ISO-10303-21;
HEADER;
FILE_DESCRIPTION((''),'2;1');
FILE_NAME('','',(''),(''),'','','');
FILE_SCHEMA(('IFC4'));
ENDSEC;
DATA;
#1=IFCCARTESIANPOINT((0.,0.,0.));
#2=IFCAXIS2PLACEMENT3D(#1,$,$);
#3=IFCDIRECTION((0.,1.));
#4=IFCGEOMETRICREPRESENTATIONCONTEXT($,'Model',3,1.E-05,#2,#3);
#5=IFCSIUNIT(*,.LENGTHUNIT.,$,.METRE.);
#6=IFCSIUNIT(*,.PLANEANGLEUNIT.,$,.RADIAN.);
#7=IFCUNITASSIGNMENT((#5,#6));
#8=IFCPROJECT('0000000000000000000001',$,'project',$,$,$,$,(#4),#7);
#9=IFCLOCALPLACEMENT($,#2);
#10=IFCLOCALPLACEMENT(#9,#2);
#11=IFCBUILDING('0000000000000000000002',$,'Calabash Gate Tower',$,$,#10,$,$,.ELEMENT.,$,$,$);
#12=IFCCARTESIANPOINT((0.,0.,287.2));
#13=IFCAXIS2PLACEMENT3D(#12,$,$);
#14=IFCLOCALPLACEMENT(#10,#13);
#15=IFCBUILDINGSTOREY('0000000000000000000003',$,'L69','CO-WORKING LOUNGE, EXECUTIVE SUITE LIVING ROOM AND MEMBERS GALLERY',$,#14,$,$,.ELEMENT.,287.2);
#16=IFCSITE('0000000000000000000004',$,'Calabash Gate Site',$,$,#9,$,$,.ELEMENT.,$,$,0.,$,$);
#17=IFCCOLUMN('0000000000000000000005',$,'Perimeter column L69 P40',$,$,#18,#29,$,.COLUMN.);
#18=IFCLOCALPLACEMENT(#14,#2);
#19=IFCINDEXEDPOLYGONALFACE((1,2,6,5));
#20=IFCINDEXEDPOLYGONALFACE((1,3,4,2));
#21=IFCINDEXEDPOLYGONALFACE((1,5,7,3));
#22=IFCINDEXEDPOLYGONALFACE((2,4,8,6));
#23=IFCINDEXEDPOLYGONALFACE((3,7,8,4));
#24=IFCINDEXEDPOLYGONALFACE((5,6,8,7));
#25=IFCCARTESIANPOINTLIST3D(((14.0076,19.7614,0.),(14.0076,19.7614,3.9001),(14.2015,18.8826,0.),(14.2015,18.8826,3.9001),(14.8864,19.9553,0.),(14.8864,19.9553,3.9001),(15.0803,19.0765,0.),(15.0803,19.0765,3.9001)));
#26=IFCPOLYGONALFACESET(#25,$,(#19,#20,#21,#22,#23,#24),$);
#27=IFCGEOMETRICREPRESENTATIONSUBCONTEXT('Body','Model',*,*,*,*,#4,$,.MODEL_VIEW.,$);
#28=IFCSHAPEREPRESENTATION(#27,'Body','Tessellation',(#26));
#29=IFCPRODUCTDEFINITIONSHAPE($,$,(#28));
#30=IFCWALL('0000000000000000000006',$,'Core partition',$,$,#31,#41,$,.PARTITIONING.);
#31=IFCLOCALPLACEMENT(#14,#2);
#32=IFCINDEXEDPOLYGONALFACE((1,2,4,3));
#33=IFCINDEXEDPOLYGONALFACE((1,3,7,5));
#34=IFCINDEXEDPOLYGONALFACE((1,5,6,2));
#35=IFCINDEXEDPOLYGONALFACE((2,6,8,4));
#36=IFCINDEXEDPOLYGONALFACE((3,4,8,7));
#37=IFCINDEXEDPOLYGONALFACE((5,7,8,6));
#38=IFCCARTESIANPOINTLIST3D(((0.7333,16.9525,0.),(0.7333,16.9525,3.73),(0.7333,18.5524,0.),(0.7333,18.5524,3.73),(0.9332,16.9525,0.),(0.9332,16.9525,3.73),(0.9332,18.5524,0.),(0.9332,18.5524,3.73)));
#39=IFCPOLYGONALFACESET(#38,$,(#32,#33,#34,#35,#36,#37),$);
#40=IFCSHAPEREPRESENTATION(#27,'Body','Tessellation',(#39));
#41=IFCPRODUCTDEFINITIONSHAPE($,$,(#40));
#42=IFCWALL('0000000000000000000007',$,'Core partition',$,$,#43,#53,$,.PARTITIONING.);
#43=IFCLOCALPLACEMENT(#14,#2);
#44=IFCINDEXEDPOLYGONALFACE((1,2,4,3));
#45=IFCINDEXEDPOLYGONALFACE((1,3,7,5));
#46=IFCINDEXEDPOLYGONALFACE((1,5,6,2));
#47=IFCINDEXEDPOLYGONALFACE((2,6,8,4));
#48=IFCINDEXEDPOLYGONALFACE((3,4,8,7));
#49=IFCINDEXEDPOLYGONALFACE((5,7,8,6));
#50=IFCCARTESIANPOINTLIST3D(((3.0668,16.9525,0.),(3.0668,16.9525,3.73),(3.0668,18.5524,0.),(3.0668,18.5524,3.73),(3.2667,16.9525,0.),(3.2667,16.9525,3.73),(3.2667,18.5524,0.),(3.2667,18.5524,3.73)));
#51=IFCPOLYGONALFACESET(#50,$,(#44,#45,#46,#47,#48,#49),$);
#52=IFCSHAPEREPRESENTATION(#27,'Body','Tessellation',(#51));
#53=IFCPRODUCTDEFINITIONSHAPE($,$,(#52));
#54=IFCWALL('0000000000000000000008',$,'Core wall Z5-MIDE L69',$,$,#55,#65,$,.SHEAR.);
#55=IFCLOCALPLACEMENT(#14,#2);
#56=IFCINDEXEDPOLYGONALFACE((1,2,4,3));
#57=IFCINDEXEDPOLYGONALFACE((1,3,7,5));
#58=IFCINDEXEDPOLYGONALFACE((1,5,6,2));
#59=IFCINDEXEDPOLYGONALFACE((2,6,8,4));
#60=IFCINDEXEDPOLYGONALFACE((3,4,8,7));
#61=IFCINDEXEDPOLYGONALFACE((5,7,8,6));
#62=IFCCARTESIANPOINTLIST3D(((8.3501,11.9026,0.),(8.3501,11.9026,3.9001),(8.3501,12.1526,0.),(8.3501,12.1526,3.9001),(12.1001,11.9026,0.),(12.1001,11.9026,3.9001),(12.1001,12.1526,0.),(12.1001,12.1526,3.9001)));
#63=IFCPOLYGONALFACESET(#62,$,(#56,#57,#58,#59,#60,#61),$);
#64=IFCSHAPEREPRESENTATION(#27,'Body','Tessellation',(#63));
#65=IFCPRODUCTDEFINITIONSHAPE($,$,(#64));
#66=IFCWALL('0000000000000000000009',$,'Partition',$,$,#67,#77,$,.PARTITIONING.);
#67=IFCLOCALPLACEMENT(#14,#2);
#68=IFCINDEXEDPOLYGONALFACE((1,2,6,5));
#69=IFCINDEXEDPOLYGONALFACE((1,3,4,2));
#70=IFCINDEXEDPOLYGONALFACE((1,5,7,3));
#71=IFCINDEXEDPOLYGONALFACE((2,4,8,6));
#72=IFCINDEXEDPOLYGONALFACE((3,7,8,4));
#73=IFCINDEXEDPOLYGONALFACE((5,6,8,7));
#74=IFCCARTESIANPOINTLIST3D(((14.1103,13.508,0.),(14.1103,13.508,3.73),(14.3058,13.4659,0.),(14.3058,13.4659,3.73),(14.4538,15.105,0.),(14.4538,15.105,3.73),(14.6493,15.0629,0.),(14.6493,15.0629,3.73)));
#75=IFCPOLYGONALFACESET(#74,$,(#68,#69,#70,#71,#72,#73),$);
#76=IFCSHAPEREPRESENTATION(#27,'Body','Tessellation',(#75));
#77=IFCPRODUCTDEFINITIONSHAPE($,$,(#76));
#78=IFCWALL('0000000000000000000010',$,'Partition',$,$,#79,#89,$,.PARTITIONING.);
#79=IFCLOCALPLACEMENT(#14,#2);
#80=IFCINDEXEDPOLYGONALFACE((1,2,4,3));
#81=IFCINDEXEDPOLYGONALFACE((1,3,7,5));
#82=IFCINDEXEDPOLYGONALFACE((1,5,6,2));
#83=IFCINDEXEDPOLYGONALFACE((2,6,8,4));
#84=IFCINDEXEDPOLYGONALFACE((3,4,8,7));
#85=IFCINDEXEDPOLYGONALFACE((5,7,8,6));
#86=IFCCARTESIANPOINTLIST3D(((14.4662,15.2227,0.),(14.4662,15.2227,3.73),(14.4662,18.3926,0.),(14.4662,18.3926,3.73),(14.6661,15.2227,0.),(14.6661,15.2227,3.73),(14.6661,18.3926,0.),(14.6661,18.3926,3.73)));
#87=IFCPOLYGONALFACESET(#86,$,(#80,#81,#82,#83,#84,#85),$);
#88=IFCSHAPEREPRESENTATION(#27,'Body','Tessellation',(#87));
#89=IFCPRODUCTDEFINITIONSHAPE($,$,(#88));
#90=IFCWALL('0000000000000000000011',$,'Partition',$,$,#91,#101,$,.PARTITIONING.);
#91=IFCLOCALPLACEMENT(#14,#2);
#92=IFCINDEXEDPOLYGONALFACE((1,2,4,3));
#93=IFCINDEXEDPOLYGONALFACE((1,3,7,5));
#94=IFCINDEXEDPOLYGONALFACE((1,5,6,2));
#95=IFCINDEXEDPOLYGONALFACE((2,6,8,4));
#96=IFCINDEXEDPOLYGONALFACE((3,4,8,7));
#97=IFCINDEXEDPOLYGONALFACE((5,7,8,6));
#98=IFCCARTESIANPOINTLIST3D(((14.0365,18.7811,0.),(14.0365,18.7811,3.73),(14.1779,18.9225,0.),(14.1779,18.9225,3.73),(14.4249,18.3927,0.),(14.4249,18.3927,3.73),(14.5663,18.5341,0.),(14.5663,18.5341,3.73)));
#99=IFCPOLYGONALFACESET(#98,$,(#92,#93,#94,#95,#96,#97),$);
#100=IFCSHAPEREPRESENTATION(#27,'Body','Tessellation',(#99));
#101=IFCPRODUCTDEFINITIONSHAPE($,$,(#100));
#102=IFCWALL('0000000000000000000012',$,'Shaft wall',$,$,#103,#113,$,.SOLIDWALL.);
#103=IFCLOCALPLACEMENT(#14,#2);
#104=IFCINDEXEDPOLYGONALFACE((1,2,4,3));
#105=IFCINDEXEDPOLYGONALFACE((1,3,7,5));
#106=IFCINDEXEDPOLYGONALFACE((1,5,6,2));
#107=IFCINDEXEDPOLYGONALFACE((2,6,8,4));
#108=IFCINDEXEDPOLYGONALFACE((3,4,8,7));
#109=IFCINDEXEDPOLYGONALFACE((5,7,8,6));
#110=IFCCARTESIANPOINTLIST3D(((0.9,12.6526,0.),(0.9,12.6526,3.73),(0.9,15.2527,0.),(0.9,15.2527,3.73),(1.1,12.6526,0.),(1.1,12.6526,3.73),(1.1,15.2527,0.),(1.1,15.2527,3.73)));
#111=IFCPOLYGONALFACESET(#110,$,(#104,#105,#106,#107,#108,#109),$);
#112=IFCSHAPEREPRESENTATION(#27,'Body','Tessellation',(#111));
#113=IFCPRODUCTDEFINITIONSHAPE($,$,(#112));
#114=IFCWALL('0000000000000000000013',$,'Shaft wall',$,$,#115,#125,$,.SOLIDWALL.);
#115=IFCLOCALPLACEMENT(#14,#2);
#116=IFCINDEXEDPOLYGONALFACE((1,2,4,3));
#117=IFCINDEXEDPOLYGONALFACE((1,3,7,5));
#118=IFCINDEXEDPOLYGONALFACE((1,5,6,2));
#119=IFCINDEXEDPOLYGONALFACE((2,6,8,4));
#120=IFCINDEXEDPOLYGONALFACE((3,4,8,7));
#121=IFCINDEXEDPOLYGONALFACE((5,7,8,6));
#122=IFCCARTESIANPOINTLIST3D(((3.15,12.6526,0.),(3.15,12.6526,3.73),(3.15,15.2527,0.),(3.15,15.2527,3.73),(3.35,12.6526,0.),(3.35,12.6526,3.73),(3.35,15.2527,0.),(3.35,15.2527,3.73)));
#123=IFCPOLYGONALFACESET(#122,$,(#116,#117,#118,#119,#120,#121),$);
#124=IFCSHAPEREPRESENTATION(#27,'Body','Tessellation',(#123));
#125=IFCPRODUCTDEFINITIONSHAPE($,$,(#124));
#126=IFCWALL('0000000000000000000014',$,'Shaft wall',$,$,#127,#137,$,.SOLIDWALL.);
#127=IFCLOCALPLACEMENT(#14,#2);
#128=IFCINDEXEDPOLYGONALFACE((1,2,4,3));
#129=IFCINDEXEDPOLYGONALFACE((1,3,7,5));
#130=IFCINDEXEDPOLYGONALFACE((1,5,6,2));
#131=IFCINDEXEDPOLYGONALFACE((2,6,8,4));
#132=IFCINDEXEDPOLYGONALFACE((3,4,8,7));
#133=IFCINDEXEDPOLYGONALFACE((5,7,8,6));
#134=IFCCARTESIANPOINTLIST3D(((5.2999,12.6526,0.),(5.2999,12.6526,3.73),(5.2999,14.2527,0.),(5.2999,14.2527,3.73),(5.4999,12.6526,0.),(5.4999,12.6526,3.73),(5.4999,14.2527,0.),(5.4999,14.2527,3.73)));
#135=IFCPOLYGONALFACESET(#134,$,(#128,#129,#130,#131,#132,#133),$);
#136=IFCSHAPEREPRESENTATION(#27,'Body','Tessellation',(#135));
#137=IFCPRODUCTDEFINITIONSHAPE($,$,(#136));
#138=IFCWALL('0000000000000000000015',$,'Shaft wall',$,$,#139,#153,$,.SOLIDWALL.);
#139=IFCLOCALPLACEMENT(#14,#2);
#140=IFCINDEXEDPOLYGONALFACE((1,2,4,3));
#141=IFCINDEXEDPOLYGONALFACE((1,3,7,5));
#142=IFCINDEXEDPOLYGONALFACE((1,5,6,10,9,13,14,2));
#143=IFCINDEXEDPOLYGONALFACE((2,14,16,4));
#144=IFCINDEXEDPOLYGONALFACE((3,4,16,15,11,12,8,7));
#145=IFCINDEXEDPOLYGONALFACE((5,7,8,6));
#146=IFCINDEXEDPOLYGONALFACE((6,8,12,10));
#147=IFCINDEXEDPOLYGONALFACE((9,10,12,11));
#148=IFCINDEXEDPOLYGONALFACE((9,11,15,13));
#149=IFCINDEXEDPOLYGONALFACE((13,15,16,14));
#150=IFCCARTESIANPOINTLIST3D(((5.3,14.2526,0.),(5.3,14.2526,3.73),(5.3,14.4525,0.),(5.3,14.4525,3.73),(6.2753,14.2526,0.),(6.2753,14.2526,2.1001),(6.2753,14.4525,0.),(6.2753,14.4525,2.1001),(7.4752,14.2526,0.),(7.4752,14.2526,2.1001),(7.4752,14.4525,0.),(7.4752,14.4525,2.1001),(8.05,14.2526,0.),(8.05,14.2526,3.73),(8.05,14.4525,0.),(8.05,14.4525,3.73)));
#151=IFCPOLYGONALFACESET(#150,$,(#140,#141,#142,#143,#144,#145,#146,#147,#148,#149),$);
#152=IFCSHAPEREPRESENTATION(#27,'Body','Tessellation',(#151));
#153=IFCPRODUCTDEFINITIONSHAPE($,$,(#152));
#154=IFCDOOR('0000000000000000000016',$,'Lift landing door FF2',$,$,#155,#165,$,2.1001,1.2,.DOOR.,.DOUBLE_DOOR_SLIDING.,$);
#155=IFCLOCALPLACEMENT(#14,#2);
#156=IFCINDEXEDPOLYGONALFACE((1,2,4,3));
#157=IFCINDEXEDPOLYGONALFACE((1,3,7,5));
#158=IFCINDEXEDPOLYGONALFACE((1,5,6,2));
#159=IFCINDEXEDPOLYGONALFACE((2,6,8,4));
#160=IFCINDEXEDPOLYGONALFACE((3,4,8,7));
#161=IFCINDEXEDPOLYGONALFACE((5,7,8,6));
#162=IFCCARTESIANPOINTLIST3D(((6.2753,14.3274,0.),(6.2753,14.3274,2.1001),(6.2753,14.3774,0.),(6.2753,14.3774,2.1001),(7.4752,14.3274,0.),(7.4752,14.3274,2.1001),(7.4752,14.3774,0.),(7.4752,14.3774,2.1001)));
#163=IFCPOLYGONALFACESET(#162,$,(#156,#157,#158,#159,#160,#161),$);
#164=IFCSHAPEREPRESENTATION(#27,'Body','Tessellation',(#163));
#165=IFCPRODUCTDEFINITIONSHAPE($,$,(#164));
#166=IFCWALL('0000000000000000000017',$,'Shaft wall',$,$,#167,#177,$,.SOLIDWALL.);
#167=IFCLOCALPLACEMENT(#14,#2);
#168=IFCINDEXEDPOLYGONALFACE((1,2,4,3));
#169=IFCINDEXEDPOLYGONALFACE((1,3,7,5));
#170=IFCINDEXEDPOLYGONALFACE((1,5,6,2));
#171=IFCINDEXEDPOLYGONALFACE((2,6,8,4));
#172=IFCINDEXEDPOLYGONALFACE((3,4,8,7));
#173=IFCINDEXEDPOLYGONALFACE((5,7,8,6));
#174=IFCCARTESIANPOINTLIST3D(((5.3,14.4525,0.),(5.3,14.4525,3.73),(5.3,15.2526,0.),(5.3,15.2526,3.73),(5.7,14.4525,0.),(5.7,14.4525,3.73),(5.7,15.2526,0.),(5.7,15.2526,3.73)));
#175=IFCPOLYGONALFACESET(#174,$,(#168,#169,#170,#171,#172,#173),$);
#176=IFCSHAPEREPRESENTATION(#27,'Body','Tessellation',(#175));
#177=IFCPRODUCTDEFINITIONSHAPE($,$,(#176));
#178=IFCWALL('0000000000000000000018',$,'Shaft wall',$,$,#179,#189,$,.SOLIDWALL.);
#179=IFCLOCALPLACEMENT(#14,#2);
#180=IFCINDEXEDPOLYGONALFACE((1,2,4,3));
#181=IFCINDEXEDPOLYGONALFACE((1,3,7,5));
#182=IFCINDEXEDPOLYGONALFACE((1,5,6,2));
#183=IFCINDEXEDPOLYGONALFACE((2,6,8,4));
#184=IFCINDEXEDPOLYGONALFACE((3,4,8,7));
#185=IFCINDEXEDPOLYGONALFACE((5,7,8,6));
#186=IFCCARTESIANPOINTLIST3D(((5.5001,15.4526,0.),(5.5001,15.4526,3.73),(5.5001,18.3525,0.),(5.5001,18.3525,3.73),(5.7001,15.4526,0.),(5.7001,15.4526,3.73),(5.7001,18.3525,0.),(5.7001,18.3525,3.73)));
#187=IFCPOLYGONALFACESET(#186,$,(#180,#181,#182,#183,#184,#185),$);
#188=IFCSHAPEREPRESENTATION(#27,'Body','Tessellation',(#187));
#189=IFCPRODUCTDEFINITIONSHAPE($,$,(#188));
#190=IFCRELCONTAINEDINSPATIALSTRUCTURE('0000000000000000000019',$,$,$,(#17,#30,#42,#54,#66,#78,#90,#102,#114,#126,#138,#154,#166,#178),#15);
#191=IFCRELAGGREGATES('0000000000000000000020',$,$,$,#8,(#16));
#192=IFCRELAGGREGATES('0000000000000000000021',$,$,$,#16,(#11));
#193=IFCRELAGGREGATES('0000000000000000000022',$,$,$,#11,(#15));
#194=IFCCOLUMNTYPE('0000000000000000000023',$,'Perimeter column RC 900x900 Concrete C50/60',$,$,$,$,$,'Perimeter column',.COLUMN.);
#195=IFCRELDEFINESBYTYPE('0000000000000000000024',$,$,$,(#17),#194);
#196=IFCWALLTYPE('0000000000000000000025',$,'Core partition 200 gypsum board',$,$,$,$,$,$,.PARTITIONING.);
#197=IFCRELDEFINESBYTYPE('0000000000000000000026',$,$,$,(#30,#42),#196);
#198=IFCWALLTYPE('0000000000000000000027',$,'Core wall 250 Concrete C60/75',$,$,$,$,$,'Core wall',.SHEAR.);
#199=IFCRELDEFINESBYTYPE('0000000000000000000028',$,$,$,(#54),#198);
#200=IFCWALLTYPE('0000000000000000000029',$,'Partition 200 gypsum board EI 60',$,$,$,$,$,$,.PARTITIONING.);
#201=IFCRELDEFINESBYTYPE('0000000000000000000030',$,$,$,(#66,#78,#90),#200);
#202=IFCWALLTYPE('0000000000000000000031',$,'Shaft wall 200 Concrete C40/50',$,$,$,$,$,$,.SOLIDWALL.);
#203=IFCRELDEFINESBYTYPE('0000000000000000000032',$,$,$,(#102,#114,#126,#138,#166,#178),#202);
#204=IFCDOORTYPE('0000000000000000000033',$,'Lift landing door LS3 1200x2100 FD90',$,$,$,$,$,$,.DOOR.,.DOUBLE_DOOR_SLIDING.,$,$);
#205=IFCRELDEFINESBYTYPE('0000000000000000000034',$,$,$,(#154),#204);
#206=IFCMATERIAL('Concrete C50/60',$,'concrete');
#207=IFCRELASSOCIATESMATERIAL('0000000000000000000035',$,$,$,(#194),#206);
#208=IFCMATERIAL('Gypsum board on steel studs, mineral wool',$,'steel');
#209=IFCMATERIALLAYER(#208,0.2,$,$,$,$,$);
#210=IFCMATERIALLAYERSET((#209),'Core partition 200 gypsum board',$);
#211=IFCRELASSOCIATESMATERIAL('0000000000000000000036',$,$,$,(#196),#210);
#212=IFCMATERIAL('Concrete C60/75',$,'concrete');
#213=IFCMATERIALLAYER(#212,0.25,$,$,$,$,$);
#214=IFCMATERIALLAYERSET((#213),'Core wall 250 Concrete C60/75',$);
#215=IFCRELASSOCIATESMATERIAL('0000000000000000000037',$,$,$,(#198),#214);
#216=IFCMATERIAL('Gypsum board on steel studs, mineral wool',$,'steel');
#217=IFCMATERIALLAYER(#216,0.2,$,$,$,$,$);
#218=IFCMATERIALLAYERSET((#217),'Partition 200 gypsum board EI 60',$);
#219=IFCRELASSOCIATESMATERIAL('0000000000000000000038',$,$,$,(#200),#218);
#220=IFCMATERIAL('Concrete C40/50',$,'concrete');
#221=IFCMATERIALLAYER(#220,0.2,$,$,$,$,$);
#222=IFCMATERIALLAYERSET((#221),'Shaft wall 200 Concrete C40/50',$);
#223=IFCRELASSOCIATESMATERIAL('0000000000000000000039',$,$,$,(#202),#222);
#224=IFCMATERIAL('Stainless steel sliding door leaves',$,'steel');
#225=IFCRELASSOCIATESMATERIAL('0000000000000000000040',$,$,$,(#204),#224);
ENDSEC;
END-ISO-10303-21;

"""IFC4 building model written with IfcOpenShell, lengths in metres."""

from ifc_helpers import new_model, si_unit, direction, frame, frame_2d, origin, origin_2d, place, context, subcontext, project, spatial, rectangle, extrude, material, layer, layer_set, material_profile, profile_set, type_object, element, fill, save


model = new_model("IFC4")

# Units and contexts
model_context = context("Model", 3, precision=1e-05, world=origin(), true_north=direction((0.0, 1.0)))
body_context = subcontext(model_context, "Body", "Model", "MODEL_VIEW")
ifc_project = project(units=[si_unit("LENGTHUNIT", "METRE"), si_unit("PLANEANGLEUNIT", "RADIAN")], contexts=[model_context])

# Site, building, storey
site_placement = place(None, origin())
site = spatial("IfcSite", under=ifc_project, at=site_placement, Name="Calabash Gate Site", CompositionType="ELEMENT", RefElevation=0.0)
building_placement = place(site_placement, origin())
building = spatial("IfcBuilding", under=site, at=building_placement, Name="Calabash Gate Tower", CompositionType="ELEMENT")
storey_placement = place(building_placement, frame((0.0, 0.0, 287.2)))
storey = spatial("IfcBuildingStorey", under=building, at=storey_placement, Name="L69", Description="CO-WORKING LOUNGE, EXECUTIVE SUITE LIVING ROOM AND MEMBERS GALLERY", CompositionType="ELEMENT", Elevation=287.2)

# Column
ifc_material_1 = material(Name="Concrete C50/60", Category="concrete")
ifc_material_profile = material_profile(ifc_material_1, rectangle(XDim=0.8999, YDim=0.8999, at=origin_2d()))
ifc_profile_set = profile_set([ifc_material_profile], Name="Concrete C50/60")
column_type = type_object("IfcColumnType", Name="Perimeter column RC 900x900 Concrete C50/60", ElementType="Perimeter column", PredefinedType="COLUMN", material=ifc_profile_set)
column_placement = place(storey_placement, frame((14.5439, 19.4189, 0.0), z_axis=(0.0, 0.0, 1.0), x_axis=(-0.976511, -0.215468, 0.0)))
element("IfcColumn", 1, at=column_placement, inside=storey, type_object=column_type, Name="Perimeter column L69 P40", PredefinedType="COLUMN", context=body_context, shape_type="SweptSolid", body=[
    extrude(rectangle(XDim=0.8999, YDim=0.8999, at=origin_2d()), origin(), (0.0, 0.0, 1.0), 3.9001),
])

# Walls
ifc_material_2 = material(Name="Gypsum board on steel studs, mineral wool", Category="steel")
ifc_layer_1 = layer(ifc_material_2, 0.2)
ifc_layer_set_1 = layer_set([ifc_layer_1], Name="Core partition 200 gypsum board")
wall_type_1 = type_object("IfcWallType", Name="Core partition 200 gypsum board", PredefinedType="PARTITIONING", material=ifc_layer_set_1)
for number, where, z_axis, x_axis, name in (
    (2, (0.8333, 16.9526, 0.0), (0.0, 0.0, 1.0), (0.0, 1.0, 0.0), "Core partition"),
    (3, (3.1667, 16.9526, 0.0), (0.0, 0.0, 1.0), (0.0, 1.0, 0.0), "Core partition"),
):
    element("IfcWall", number, at=place(storey_placement, frame(where, z_axis=z_axis, x_axis=x_axis)), inside=storey, type_object=wall_type_1, Name=name, PredefinedType="PARTITIONING", context=body_context, shape_type="SweptSolid", body=[
        extrude(rectangle(XDim=1.5999, YDim=0.2, at=frame_2d((0.7998, 0.0))), origin(), (0.0, 0.0, 1.0), 3.73),
    ])
ifc_material_3 = material(Name="Concrete C60/75", Category="concrete")
ifc_layer_2 = layer(ifc_material_3, 0.25)
ifc_layer_set_2 = layer_set([ifc_layer_2], Name="Core wall 250 Concrete C60/75")
wall_type_2 = type_object("IfcWallType", Name="Core wall 250 Concrete C60/75", ElementType="Core wall", PredefinedType="SHEAR", material=ifc_layer_set_2)
wall_1_placement = place(storey_placement, frame((8.3501, 12.0276, 0.0), z_axis=(0.0, 0.0, 1.0), x_axis=(1.0, 0.0, 0.0)))
element("IfcWall", 4, at=wall_1_placement, inside=storey, type_object=wall_type_2, Name="Core wall Z5-MIDE L69", PredefinedType="SHEAR", context=body_context, shape_type="SweptSolid", body=[
    extrude(rectangle(XDim=3.75, YDim=0.25, at=frame_2d((1.875, 0.0))), origin(), (0.0, 0.0, 1.0), 3.9001),
])
ifc_material_4 = material(Name="Gypsum board on steel studs, mineral wool", Category="steel")
ifc_layer_3 = layer(ifc_material_4, 0.2)
ifc_layer_set_3 = layer_set([ifc_layer_3], Name="Partition 200 gypsum board EI 60")
wall_type_3 = type_object("IfcWallType", Name="Partition 200 gypsum board EI 60", PredefinedType="PARTITIONING", material=ifc_layer_set_3)
wall_2_placement = place(storey_placement, frame((14.208, 13.4868, 0.0), z_axis=(0.0, 0.0, 1.0), x_axis=(0.210295, 0.977638, 0.0)))
element("IfcWall", 5, at=wall_2_placement, inside=storey, type_object=wall_type_3, Name="Partition", PredefinedType="PARTITIONING", context=body_context, shape_type="SweptSolid", body=[
    extrude(rectangle(XDim=1.6335, YDim=0.2, at=frame_2d((0.8169, 0.0))), origin(), (0.0, 0.0, 1.0), 3.73),
])
wall_3_placement = place(storey_placement, frame((14.5662, 18.3926, 0.0), z_axis=(0.0, 0.0, 1.0), x_axis=(0.0, -1.0, 0.0)))
element("IfcWall", 6, at=wall_3_placement, inside=storey, type_object=wall_type_3, Name="Partition", PredefinedType="PARTITIONING", context=body_context, shape_type="SweptSolid", body=[
    extrude(rectangle(XDim=3.1699, YDim=0.2, at=frame_2d((1.585, 0.0))), origin(), (0.0, 0.0, 1.0), 3.73),
])
wall_4_placement = place(storey_placement, frame((14.1072, 18.8518, 0.0), z_axis=(0.0, 0.0, 1.0), x_axis=(0.707107, -0.707107, 0.0)))
element("IfcWall", 7, at=wall_4_placement, inside=storey, type_object=wall_type_3, Name="Partition", PredefinedType="PARTITIONING", context=body_context, shape_type="SweptSolid", body=[
    extrude(rectangle(XDim=0.5493, YDim=0.2, at=frame_2d((0.2747, 0.0))), origin(), (0.0, 0.0, 1.0), 3.73),
])
ifc_material_5 = material(Name="Concrete C40/50", Category="concrete")
ifc_layer_4 = layer(ifc_material_5, 0.2)
ifc_layer_set_4 = layer_set([ifc_layer_4], Name="Shaft wall 200 Concrete C40/50")
wall_type_4 = type_object("IfcWallType", Name="Shaft wall 200 Concrete C40/50", PredefinedType="SOLIDWALL", material=ifc_layer_set_4)
for number, where, z_axis, x_axis, name in (
    (8, (1.0, 12.6526, 0.0), (0.0, 0.0, 1.0), (0.0, 1.0, 0.0), "Shaft wall"),
    (9, (3.25, 12.6526, 0.0), (0.0, 0.0, 1.0), (0.0, 1.0, 0.0), "Shaft wall"),
):
    element("IfcWall", number, at=place(storey_placement, frame(where, z_axis=z_axis, x_axis=x_axis)), inside=storey, type_object=wall_type_4, Name=name, PredefinedType="SOLIDWALL", context=body_context, shape_type="SweptSolid", body=[
        extrude(rectangle(XDim=2.6001, YDim=0.2, at=frame_2d((1.3, 0.0))), origin(), (0.0, 0.0, 1.0), 3.73),
    ])
wall_5_placement = place(storey_placement, frame((5.3999, 12.6526, 0.0), z_axis=(0.0, 0.0, 1.0), x_axis=(0.0, 1.0, 0.0)))
element("IfcWall", 10, at=wall_5_placement, inside=storey, type_object=wall_type_4, Name="Shaft wall", PredefinedType="SOLIDWALL", context=body_context, shape_type="SweptSolid", body=[
    extrude(rectangle(XDim=1.6001, YDim=0.2, at=frame_2d((0.8, 0.0))), origin(), (0.0, 0.0, 1.0), 3.73),
])

# Wall, opening, door
wall_6_placement = place(storey_placement, frame((5.3, 14.3525, 0.0), z_axis=(0.0, 0.0, 1.0), x_axis=(1.0, 0.0, 0.0)))
wall_6 = element("IfcWall", 11, at=wall_6_placement, inside=storey, type_object=wall_type_4, Name="Shaft wall", PredefinedType="SOLIDWALL", context=body_context, shape_type="SweptSolid", body=[
    extrude(rectangle(XDim=2.75, YDim=0.2, at=frame_2d((1.375, 0.0))), origin(), (0.0, 0.0, 1.0), 3.73),
])
opening_placement = place(wall_6_placement, frame((0.9751, 0.0, 0.0)))
opening = element("IfcOpeningElement", 12, at=opening_placement, cuts=wall_6, PredefinedType="OPENING", context=body_context, shape_type="SweptSolid", body=[
    extrude(rectangle(XDim=1.2, YDim=2.1001, at=frame_2d((0.6001, 1.05))), frame((0.0, 0.1099, 0.0), z_axis=(0.0, -1.0, 0.0), x_axis=(1.0, 0.0, 0.0)), (0.0, 0.0, 1.0), 0.22),
])
ifc_material_6 = material(Name="Stainless steel sliding door leaves", Category="steel")
door_type = type_object("IfcDoorType", Name="Lift landing door LS3 1200x2100 FD90", OperationType="DOUBLE_DOOR_SLIDING", PredefinedType="DOOR", material=ifc_material_6)
door_placement = place(opening_placement, origin())
door = element("IfcDoor", 13, at=door_placement, inside=storey, type_object=door_type, Name="Lift landing door FF2", OperationType="DOUBLE_DOOR_SLIDING", OverallHeight=2.1001, OverallWidth=1.2, PredefinedType="DOOR", context=body_context, shape_type="SweptSolid", body=[
    extrude(rectangle(XDim=1.2, YDim=2.1001, at=frame_2d((0.6001, 1.05))), frame((0.0, 0.0249, 0.0), z_axis=(0.0, -1.0, 0.0), x_axis=(1.0, 0.0, 0.0)), (0.0, 0.0, 1.0), 0.05),
])
fill(opening, door)

# Walls
wall_7_placement = place(storey_placement, frame((5.5, 14.4526, 0.0), z_axis=(0.0, 0.0, 1.0), x_axis=(0.0, 1.0, 0.0)))
element("IfcWall", 14, at=wall_7_placement, inside=storey, type_object=wall_type_4, Name="Shaft wall", PredefinedType="SOLIDWALL", context=body_context, shape_type="SweptSolid", body=[
    extrude(rectangle(XDim=0.8, YDim=0.3999, at=frame_2d((0.3999, 0.0))), origin(), (0.0, 0.0, 1.0), 3.73),
])
wall_8_placement = place(storey_placement, frame((5.6001, 15.4526, 0.0), z_axis=(0.0, 0.0, 1.0), x_axis=(0.0, 1.0, 0.0)))
element("IfcWall", 15, at=wall_8_placement, inside=storey, type_object=wall_type_4, Name="Shaft wall", PredefinedType="SOLIDWALL", context=body_context, shape_type="SweptSolid", body=[
    extrude(rectangle(XDim=2.8999, YDim=0.2, at=frame_2d((1.45, 0.0))), origin(), (0.0, 0.0, 1.0), 3.73),
])

save(model, "model.ifc")
